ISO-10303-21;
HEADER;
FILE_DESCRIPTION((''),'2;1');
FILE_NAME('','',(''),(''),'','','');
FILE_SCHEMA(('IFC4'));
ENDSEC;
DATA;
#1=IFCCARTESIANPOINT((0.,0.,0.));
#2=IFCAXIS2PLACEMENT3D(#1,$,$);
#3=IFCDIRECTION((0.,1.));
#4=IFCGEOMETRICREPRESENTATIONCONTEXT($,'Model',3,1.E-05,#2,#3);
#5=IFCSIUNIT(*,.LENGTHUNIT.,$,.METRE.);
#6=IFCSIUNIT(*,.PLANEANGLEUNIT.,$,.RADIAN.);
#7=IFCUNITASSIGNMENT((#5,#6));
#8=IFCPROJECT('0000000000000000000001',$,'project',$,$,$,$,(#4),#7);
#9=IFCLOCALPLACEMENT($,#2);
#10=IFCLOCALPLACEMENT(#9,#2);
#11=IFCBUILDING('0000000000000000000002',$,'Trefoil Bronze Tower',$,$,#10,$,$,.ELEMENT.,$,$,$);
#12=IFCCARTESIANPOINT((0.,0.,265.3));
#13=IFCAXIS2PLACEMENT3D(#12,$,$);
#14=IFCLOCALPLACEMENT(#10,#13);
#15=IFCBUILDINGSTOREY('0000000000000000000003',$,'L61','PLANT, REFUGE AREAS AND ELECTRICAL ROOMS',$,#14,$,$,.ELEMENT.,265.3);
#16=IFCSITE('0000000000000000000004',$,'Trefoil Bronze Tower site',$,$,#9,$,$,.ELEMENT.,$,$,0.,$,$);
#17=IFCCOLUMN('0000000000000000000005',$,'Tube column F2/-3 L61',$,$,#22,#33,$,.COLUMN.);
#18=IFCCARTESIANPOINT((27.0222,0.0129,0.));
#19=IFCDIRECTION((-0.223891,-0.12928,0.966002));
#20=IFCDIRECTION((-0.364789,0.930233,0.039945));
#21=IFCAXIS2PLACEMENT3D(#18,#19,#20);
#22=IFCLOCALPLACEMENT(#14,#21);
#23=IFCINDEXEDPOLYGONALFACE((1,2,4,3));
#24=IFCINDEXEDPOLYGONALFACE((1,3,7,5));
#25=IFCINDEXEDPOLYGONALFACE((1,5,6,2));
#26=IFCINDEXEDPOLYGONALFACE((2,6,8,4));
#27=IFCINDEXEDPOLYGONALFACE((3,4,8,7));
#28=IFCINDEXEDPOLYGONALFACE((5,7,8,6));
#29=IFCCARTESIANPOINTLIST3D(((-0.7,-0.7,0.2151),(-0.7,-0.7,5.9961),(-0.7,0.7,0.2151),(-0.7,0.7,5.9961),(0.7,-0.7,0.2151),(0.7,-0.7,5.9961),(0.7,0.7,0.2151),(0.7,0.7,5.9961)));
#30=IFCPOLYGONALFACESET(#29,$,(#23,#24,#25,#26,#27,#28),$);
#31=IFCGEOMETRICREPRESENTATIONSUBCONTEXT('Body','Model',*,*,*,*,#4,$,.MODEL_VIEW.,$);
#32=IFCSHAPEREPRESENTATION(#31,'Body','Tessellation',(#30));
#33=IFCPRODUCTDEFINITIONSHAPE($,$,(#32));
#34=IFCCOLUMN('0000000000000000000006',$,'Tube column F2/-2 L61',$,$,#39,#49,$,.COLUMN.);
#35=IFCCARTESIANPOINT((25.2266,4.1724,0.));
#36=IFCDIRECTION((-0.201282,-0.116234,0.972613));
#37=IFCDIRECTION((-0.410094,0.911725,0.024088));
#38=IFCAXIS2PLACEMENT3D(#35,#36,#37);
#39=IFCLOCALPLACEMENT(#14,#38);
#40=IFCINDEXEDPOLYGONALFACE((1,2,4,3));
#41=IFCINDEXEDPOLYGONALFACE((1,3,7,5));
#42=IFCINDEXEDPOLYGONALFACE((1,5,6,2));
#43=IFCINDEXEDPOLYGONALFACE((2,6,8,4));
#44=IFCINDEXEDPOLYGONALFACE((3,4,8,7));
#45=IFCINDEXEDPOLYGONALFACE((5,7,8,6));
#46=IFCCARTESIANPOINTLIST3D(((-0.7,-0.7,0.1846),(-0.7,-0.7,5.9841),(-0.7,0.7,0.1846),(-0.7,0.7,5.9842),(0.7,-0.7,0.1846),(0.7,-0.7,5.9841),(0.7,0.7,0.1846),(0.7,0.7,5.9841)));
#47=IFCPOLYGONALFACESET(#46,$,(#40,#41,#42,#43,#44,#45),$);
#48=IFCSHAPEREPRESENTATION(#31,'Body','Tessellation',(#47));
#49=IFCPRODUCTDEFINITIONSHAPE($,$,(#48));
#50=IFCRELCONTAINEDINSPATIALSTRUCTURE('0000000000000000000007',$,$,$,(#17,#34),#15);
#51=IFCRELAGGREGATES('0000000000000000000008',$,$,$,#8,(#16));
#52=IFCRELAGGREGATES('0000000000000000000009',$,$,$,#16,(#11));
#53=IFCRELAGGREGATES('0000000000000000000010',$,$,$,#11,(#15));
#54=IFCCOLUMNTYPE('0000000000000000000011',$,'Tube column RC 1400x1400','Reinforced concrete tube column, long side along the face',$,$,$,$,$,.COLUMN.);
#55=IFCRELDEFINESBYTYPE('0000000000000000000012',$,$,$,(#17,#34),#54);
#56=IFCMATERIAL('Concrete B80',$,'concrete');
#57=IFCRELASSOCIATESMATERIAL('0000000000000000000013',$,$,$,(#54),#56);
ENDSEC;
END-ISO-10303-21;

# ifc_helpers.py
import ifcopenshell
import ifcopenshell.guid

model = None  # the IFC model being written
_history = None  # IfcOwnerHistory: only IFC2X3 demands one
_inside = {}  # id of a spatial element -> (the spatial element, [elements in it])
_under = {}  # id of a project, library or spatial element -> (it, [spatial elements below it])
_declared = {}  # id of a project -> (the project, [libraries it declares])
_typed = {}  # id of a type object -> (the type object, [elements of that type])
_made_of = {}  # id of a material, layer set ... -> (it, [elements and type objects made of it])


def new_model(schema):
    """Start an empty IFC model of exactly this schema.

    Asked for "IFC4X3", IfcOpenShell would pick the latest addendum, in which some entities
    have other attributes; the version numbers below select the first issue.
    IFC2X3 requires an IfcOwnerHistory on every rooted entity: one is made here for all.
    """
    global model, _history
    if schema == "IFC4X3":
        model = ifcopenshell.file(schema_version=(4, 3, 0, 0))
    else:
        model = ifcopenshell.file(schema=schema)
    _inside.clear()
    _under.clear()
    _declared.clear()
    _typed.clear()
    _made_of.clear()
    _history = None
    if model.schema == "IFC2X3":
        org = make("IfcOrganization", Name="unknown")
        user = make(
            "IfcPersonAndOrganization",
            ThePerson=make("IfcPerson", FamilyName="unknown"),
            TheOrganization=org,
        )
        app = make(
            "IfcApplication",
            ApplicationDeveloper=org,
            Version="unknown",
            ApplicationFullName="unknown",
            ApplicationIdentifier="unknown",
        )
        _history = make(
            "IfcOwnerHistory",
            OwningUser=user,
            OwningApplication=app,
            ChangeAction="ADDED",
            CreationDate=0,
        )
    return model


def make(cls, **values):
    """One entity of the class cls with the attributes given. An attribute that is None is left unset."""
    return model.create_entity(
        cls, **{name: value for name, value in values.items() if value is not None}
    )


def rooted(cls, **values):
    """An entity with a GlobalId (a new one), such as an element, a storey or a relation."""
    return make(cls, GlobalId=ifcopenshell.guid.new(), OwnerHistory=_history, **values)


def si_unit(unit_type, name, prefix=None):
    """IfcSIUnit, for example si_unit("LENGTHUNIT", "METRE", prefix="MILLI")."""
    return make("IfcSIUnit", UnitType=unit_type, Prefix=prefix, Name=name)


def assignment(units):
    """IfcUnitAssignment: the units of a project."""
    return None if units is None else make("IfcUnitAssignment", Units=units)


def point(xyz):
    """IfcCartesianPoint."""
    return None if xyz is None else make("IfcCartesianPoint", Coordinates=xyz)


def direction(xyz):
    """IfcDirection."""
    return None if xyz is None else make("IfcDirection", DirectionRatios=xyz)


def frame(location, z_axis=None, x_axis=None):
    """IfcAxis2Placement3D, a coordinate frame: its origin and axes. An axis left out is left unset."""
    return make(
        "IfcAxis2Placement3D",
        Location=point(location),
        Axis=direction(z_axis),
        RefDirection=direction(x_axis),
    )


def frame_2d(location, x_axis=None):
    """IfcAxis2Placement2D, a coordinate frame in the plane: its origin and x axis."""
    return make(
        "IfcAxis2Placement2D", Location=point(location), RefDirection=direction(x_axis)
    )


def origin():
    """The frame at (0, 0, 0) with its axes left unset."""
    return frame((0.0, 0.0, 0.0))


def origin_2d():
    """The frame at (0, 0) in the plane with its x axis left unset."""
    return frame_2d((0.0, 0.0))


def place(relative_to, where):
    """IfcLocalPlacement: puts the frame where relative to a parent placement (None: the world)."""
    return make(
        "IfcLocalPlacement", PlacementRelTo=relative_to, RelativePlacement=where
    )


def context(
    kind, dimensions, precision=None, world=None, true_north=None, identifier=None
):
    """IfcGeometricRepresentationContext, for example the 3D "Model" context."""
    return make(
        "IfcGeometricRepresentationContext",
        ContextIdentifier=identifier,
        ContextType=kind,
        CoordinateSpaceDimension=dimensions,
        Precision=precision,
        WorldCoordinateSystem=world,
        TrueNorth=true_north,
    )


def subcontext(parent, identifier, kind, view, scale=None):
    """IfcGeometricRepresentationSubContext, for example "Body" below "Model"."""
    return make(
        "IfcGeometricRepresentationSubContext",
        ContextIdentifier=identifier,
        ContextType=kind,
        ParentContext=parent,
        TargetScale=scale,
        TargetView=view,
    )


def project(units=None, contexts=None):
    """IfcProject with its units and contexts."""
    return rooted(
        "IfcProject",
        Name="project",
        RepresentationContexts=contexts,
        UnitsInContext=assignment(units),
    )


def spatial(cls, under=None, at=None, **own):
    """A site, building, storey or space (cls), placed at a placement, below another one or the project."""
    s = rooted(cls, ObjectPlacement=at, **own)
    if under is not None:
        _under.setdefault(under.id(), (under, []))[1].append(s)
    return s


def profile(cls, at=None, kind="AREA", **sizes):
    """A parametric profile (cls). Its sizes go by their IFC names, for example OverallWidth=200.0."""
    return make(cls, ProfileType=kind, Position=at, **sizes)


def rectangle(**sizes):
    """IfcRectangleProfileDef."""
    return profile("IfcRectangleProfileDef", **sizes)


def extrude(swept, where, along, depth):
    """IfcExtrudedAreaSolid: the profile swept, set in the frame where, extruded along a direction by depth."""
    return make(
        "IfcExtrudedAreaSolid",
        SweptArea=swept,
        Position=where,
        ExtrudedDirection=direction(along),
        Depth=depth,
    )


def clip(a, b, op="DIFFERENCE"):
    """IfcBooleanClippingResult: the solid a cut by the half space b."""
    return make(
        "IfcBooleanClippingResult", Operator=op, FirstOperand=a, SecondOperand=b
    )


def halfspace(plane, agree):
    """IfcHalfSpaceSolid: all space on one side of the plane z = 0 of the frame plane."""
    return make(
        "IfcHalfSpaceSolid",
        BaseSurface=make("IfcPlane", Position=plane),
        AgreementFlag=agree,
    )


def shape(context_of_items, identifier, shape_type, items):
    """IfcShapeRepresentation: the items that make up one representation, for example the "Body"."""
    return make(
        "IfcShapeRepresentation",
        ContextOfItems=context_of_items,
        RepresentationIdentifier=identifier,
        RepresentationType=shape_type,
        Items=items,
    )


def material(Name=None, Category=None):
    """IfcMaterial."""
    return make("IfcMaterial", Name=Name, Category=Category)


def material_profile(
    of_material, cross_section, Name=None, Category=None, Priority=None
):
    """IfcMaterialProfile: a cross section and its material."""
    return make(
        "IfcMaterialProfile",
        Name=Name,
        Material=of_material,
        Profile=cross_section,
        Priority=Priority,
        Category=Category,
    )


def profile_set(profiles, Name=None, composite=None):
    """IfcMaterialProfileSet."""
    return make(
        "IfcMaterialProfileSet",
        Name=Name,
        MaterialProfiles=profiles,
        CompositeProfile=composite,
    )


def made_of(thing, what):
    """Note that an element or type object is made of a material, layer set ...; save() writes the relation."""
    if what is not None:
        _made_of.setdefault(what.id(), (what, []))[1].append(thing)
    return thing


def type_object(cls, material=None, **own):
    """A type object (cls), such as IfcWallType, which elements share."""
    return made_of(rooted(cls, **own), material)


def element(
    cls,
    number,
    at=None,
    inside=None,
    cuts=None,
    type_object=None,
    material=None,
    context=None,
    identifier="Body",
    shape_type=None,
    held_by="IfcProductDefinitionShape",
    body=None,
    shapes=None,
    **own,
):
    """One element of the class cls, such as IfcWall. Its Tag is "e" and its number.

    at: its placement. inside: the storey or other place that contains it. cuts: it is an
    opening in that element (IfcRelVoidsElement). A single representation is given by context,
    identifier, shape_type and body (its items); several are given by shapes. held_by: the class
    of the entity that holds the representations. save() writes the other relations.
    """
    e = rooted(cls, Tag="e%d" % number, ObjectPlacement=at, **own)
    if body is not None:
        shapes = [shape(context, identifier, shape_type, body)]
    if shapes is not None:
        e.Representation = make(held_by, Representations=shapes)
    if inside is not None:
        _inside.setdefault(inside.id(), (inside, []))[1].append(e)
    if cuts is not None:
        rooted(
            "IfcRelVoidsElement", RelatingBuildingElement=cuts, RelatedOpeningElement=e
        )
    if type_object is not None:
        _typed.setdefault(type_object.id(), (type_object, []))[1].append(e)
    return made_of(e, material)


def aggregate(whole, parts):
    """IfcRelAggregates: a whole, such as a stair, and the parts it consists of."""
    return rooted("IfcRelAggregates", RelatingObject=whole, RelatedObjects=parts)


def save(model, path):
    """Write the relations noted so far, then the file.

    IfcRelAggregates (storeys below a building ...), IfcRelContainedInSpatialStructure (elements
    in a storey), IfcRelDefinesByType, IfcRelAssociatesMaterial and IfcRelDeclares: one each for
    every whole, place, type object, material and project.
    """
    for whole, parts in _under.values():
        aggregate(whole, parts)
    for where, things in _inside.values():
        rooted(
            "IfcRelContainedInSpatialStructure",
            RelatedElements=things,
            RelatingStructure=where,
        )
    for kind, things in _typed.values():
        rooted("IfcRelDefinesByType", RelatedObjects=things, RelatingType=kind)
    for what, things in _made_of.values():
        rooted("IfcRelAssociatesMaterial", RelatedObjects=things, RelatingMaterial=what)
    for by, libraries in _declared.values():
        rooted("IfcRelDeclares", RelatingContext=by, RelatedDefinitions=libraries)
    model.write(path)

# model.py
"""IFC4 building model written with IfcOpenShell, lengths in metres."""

from ifc_helpers import new_model, si_unit, direction, frame, origin, origin_2d, place, context, subcontext, project, spatial, rectangle, extrude, clip, halfspace, material, material_profile, profile_set, type_object, element, save


model = new_model("IFC4")

# Units and contexts
model_context = context("Model", 3, precision=1e-05, world=origin(), true_north=direction((0.0, 1.0)))
body_context = subcontext(model_context, "Body", "Model", "MODEL_VIEW")
ifc_project = project(units=[si_unit("LENGTHUNIT", "METRE"), si_unit("PLANEANGLEUNIT", "RADIAN")], contexts=[model_context])

# Site, building, storey
site_placement = place(None, origin())
site = spatial("IfcSite", under=ifc_project, at=site_placement, Name="Trefoil Bronze Tower site", CompositionType="ELEMENT", RefElevation=0.0)
building_placement = place(site_placement, origin())
building = spatial("IfcBuilding", under=site, at=building_placement, Name="Trefoil Bronze Tower", CompositionType="ELEMENT")
storey_placement = place(building_placement, frame((0.0, 0.0, 265.3)))
storey = spatial("IfcBuildingStorey", under=building, at=storey_placement, Name="L61", Description="PLANT, REFUGE AREAS AND ELECTRICAL ROOMS", CompositionType="ELEMENT", Elevation=265.3)

# Columns
ifc_material_1 = material(Name="Concrete B80", Category="concrete")
ifc_material_profile_1 = material_profile(ifc_material_1, rectangle(XDim=1.3999, YDim=1.3999, at=origin_2d()), Name="RC 1400x1400")
ifc_profile_set_1 = profile_set([ifc_material_profile_1], Name="Concrete B80")
column_type = type_object("IfcColumnType", Name="Tube column RC 1400x1400", Description="Reinforced concrete tube column, long side along the face", PredefinedType="COLUMN", material=ifc_profile_set_1)
column_1_placement = place(storey_placement, frame((27.0222, 0.0129, 0.0), z_axis=(-0.223891, -0.12928, 0.966002), x_axis=(-0.364789, 0.930233, 0.039945)))
element("IfcColumn", 1, at=column_1_placement, inside=storey, type_object=column_type, Name="Tube column F2/-3 L61", PredefinedType="COLUMN", context=body_context, shape_type="Clipping", body=[
    clip(clip(extrude(rectangle(XDim=1.3999, YDim=1.3999, at=origin_2d()), origin(), (0.0, 0.0, 1.0), 6.2112), halfspace(frame((0.0, 0.0, 0.2151), z_axis=(0.000018, -0.000022, 1.0), x_axis=(0.0, 1.0, 0.000022)), True)), halfspace(frame((0.0, 0.0, 5.9961), z_axis=(-0.000018, 0.000022, -1.0), x_axis=(0.0, -1.0, -0.000022)), True)),
])
column_2_placement = place(storey_placement, frame((25.2266, 4.1724, 0.0), z_axis=(-0.201282, -0.116234, 0.972613), x_axis=(-0.410094, 0.911725, 0.024088)))
element("IfcColumn", 2, at=column_2_placement, inside=storey, type_object=column_type, Name="Tube column F2/-2 L61", PredefinedType="COLUMN", context=body_context, shape_type="Clipping", body=[
    clip(clip(extrude(rectangle(XDim=1.3999, YDim=1.3999, at=origin_2d()), origin(), (0.0, 0.0, 1.0), 6.1689), halfspace(frame((0.0, 0.0, 0.1846), z_axis=(0.000021, -0.000007, 1.0), x_axis=(0.0, 1.0, 0.000007)), True)), halfspace(frame((0.0, 0.0, 5.9841), z_axis=(-0.000021, 0.000007, -1.0), x_axis=(0.0, -1.0, -0.000007)), True)),
])

save(model, "model.ifc")
